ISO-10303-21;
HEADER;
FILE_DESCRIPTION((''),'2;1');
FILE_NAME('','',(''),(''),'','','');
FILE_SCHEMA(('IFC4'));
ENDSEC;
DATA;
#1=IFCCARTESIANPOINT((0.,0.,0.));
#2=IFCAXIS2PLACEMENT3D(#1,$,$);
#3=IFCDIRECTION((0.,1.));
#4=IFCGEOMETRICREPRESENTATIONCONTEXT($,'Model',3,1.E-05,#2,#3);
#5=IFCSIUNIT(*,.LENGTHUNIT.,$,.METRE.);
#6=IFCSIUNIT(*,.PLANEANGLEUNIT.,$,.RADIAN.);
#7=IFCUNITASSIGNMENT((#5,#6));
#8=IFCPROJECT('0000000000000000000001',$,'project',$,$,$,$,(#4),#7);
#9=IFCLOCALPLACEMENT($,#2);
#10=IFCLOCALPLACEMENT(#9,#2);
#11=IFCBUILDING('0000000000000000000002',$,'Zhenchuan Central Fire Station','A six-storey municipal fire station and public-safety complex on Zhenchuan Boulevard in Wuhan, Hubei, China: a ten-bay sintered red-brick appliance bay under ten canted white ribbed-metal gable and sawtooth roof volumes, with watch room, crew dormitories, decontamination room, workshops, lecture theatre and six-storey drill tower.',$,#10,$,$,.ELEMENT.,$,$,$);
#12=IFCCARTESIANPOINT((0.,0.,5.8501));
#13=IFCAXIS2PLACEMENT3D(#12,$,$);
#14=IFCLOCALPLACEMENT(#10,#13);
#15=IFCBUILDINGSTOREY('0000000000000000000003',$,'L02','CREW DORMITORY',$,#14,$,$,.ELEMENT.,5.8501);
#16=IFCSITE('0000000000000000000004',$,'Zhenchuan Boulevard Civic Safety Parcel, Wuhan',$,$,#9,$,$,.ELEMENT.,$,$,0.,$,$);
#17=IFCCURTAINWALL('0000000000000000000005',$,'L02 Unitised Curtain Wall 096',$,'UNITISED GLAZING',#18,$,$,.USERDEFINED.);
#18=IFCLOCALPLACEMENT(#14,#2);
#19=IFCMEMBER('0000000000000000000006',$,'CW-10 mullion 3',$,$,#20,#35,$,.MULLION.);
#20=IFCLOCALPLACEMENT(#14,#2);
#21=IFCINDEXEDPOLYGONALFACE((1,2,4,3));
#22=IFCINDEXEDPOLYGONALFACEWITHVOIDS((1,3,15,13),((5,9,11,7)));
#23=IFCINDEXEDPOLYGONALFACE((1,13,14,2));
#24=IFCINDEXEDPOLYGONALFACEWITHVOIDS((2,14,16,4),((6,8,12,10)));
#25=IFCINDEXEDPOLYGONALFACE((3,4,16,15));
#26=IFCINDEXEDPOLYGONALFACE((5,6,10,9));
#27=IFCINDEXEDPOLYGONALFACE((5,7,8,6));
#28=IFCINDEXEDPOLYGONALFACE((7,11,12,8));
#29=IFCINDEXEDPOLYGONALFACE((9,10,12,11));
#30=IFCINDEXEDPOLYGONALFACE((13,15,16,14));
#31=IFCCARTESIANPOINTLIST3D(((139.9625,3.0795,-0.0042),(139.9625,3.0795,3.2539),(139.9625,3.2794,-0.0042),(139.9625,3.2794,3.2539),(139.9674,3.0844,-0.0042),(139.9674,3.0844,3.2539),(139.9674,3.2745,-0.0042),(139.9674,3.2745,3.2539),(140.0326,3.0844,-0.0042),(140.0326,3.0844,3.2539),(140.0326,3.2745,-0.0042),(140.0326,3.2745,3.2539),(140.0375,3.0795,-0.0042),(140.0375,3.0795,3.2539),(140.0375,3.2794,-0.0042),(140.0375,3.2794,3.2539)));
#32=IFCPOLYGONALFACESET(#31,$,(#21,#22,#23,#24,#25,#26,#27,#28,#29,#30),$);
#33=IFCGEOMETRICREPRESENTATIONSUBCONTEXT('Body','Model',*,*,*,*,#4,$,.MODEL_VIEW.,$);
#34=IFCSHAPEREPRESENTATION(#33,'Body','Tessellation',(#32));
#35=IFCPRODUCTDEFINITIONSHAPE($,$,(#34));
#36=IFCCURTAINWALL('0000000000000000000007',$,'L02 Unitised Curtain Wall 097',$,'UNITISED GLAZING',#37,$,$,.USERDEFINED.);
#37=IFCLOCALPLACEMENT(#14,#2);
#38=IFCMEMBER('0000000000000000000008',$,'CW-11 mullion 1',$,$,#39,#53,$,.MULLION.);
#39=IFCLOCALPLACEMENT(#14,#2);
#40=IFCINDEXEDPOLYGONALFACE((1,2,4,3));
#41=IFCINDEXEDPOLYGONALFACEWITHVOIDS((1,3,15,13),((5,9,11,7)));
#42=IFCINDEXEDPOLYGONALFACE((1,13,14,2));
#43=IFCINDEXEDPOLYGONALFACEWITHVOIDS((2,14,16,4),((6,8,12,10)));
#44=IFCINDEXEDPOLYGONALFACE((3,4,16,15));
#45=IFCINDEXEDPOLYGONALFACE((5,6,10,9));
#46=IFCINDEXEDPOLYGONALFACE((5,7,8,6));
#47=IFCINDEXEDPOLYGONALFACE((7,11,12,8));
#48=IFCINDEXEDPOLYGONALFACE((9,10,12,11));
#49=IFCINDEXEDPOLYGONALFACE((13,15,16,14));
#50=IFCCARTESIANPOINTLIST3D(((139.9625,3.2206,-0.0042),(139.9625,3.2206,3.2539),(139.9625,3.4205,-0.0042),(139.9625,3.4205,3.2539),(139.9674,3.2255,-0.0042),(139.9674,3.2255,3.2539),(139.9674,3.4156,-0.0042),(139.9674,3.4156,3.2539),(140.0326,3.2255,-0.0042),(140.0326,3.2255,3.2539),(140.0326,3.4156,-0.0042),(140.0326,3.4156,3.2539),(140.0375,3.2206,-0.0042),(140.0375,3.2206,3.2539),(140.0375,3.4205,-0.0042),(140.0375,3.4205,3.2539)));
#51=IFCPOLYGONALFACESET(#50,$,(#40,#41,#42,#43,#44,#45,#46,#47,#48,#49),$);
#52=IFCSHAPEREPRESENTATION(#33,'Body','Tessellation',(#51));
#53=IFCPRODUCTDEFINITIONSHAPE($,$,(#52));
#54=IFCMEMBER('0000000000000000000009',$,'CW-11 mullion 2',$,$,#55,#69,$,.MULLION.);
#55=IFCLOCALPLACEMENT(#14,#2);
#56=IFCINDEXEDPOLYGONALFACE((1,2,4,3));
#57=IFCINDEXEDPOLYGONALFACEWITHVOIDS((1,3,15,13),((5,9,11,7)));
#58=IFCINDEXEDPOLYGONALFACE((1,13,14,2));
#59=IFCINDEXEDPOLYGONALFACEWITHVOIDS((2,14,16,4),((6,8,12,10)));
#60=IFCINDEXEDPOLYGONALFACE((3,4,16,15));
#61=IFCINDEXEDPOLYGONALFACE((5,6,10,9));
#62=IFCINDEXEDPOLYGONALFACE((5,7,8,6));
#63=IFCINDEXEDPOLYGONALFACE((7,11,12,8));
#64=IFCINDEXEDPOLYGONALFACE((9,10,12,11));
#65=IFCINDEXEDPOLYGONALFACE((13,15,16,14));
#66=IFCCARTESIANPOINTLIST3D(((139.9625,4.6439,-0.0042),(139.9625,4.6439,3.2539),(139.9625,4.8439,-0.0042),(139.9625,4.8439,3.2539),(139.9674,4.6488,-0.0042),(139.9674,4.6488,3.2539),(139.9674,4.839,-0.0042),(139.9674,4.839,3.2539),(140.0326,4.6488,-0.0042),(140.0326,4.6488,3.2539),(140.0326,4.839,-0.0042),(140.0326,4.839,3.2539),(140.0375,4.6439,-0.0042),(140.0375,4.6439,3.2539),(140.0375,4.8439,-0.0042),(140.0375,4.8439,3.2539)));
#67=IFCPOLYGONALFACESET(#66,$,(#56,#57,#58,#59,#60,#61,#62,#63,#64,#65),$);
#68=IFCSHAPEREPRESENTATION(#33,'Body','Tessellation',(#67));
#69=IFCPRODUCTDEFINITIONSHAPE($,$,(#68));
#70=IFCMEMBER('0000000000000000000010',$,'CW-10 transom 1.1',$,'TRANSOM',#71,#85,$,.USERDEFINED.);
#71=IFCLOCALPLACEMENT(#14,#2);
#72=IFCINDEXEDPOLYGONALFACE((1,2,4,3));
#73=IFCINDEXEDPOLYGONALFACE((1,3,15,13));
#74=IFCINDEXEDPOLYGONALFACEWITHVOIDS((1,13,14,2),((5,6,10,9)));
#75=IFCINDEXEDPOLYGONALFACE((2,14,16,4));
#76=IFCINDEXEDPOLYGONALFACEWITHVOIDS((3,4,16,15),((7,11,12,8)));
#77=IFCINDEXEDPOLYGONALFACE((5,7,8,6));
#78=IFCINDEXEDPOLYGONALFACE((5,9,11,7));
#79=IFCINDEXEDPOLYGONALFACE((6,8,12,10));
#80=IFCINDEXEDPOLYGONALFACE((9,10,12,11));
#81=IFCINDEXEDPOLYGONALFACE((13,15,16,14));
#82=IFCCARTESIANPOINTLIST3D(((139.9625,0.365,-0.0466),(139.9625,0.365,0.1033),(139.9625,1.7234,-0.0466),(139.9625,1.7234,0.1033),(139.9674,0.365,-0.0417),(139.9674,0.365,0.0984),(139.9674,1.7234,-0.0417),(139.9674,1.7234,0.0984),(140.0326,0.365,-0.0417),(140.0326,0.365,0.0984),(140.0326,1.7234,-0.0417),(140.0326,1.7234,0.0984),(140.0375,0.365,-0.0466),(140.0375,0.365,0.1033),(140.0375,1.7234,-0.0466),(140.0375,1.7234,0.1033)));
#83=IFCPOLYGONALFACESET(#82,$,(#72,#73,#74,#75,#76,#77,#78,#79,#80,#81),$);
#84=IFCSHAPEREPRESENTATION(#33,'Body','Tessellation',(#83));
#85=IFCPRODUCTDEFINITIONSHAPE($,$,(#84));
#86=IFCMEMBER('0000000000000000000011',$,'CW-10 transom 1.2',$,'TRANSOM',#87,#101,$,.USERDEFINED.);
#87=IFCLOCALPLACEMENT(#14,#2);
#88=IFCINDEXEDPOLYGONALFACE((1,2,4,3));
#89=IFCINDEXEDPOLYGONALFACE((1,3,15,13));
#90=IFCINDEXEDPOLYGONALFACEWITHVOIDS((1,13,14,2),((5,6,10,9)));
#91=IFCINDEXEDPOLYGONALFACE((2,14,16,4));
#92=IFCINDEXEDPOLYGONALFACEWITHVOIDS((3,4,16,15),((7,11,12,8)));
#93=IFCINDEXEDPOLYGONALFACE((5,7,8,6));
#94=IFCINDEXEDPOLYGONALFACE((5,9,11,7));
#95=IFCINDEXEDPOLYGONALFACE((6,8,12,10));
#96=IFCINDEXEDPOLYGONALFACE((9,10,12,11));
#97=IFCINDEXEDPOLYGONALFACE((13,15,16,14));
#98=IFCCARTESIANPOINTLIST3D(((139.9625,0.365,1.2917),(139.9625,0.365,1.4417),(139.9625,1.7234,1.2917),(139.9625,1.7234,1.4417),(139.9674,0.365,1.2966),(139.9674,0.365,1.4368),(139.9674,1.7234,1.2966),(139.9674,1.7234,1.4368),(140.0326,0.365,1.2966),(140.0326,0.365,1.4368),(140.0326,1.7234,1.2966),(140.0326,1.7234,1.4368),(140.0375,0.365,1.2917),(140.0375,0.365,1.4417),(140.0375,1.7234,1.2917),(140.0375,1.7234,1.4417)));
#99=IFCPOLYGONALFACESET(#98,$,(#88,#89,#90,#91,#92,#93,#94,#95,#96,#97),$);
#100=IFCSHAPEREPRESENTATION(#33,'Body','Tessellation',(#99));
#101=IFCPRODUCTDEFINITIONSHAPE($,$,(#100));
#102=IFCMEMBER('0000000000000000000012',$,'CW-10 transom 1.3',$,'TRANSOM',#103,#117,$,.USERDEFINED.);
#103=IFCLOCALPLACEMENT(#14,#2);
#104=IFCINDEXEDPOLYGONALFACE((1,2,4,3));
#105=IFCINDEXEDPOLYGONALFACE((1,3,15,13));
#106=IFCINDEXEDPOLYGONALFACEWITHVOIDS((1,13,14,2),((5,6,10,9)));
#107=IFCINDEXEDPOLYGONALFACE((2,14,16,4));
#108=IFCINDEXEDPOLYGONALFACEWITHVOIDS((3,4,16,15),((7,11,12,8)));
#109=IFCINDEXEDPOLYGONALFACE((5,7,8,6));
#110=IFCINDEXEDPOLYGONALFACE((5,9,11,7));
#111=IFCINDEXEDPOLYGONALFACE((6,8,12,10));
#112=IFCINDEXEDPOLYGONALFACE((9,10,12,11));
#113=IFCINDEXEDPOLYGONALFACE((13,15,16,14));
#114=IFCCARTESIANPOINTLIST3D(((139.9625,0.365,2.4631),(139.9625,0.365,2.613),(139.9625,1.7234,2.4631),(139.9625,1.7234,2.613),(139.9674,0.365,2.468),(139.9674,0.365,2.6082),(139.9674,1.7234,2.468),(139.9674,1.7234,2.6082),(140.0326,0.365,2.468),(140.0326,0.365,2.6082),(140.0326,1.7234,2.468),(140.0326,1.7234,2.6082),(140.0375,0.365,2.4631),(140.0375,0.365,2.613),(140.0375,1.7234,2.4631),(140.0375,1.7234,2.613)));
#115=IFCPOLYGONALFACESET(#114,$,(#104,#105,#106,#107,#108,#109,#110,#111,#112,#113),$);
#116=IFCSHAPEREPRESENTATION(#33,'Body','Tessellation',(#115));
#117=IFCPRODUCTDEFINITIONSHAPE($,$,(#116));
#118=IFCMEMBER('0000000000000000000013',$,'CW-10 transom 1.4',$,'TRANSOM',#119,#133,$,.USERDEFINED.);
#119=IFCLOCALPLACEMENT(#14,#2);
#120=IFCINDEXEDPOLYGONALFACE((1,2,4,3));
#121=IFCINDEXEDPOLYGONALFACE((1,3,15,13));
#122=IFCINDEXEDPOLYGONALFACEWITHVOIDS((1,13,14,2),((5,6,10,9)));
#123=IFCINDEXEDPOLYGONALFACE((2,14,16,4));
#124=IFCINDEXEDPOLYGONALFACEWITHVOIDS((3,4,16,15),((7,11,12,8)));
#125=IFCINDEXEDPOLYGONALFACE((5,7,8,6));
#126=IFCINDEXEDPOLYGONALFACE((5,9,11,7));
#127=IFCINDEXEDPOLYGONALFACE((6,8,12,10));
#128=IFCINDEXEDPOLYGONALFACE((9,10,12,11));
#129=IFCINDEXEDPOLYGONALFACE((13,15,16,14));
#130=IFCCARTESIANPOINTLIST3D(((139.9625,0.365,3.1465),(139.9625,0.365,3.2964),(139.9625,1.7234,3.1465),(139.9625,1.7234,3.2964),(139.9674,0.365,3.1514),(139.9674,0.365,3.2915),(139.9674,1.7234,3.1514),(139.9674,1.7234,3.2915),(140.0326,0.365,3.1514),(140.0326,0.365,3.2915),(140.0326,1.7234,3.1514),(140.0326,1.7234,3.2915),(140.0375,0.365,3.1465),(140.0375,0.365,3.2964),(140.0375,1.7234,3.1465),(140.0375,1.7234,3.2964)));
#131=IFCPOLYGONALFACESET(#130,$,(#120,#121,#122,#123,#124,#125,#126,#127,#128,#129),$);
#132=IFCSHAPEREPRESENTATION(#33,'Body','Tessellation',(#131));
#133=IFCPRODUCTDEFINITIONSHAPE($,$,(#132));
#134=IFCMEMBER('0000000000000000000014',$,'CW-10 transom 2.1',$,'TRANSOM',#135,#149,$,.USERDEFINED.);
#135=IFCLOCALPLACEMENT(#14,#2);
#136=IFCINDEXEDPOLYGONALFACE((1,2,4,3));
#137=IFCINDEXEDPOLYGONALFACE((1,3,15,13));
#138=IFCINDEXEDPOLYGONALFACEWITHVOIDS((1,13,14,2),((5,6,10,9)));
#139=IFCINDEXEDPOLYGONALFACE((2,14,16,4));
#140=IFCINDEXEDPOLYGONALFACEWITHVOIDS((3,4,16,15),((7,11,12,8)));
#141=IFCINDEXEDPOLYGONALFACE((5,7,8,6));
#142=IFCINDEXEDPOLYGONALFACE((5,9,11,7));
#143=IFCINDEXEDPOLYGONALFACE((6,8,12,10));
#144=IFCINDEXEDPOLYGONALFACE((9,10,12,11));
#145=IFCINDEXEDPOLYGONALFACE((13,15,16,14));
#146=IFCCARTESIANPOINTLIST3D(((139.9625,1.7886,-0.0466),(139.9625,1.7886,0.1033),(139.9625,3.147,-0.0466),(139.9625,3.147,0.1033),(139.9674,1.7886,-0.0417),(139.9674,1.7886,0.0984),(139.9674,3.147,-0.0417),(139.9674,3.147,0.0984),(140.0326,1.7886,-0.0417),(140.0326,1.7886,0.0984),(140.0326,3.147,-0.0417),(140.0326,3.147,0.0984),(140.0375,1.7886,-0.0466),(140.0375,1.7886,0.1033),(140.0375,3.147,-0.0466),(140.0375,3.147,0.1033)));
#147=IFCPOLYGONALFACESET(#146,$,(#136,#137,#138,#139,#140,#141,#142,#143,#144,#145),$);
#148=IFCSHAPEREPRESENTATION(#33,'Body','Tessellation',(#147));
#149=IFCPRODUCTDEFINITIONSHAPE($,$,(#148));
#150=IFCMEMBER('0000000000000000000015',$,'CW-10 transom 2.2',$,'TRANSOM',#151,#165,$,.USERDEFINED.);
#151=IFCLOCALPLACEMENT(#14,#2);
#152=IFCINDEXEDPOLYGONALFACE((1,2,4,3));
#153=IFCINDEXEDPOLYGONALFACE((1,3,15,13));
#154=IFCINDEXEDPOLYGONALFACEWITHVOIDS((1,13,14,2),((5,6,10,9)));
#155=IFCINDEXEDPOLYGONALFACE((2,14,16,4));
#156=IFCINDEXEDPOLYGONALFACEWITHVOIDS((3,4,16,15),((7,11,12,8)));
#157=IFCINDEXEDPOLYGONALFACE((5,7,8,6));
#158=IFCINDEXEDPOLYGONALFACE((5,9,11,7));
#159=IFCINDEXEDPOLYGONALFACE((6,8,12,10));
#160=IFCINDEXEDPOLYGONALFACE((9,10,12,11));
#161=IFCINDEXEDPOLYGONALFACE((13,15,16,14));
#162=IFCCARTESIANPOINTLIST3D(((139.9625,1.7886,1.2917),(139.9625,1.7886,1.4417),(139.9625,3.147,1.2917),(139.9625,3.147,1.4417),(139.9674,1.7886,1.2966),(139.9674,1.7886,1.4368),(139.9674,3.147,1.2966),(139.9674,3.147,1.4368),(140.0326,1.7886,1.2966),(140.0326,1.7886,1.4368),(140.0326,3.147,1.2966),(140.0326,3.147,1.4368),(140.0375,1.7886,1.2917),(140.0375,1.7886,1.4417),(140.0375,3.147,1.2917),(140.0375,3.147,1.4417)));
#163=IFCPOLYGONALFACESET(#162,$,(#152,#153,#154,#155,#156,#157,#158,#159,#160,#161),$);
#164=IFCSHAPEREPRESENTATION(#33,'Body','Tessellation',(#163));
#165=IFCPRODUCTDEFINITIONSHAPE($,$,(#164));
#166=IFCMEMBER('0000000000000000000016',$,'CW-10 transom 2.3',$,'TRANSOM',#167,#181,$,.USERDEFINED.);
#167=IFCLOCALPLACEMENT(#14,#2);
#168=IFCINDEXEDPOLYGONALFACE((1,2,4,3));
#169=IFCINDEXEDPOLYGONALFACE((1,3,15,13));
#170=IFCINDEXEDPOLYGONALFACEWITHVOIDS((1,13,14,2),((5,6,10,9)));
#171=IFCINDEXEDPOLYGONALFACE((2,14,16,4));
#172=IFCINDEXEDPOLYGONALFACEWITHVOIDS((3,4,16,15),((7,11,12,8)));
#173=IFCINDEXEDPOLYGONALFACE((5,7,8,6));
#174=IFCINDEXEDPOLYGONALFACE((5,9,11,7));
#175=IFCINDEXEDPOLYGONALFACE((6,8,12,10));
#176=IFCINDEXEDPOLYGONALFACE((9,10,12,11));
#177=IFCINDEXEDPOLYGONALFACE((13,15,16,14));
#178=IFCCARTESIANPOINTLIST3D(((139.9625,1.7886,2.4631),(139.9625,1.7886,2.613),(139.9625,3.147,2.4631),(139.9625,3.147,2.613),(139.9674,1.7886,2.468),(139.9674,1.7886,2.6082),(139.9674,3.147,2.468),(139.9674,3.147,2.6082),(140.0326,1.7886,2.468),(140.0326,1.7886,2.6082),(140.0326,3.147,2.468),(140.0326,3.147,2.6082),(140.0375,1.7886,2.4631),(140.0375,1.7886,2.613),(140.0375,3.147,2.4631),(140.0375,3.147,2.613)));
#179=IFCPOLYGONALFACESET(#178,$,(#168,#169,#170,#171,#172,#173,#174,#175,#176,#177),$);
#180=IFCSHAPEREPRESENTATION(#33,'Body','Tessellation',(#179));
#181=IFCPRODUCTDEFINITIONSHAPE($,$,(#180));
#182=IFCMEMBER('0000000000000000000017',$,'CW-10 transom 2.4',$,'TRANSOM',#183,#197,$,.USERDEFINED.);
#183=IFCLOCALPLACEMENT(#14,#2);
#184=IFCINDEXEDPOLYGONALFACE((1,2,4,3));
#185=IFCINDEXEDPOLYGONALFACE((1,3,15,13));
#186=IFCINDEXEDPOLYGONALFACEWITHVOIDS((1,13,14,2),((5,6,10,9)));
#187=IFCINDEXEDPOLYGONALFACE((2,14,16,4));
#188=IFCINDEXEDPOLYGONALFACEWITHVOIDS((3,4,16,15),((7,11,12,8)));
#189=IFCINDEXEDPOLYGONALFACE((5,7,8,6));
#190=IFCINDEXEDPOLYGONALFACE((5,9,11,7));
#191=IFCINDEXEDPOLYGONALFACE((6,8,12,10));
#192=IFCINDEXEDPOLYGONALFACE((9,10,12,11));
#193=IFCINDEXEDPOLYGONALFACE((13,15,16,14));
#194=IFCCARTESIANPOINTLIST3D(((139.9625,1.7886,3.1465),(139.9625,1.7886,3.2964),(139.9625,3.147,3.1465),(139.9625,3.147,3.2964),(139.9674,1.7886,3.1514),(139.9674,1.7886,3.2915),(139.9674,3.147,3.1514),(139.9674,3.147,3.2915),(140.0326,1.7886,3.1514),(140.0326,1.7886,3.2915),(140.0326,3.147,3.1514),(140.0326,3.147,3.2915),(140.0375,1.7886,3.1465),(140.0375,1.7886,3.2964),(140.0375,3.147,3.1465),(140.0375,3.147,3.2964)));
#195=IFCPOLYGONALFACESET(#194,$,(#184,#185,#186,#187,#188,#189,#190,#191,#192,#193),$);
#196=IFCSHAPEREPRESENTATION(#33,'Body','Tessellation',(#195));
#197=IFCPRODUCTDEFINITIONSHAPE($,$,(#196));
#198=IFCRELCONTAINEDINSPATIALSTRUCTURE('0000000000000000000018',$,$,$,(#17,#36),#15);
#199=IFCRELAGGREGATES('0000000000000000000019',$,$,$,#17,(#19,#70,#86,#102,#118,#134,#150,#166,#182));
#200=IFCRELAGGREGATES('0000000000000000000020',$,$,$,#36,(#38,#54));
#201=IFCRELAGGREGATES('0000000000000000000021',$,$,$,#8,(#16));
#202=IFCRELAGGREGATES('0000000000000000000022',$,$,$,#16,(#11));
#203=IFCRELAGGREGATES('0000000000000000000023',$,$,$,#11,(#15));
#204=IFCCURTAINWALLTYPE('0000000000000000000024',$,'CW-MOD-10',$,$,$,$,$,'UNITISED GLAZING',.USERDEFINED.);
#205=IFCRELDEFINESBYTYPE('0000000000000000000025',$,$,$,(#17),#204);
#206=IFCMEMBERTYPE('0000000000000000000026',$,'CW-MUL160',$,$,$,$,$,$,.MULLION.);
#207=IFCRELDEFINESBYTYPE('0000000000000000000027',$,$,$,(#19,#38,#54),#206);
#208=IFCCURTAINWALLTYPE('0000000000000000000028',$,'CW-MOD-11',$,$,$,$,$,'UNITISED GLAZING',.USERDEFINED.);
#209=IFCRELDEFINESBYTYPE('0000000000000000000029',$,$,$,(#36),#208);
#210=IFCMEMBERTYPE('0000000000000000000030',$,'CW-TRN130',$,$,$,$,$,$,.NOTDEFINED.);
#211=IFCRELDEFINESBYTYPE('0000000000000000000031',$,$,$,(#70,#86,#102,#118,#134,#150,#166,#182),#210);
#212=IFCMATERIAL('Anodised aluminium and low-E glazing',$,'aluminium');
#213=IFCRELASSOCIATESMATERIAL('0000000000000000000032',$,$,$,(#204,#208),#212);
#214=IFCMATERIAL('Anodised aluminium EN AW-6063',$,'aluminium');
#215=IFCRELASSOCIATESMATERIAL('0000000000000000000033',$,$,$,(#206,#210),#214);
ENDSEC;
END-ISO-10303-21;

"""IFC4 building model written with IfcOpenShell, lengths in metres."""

from ifc_helpers import new_model, si_unit, direction, frame, origin, origin_2d, place, context, subcontext, project, spatial, hollow_rectangle, extrude, material, material_profile, profile_set, type_object, element, aggregate, save


model = new_model("IFC4")

# Units and contexts
model_context = context("Model", 3, precision=1e-05, world=origin(), true_north=direction((0.0, 1.0)))
body_context = subcontext(model_context, "Body", "Model", "MODEL_VIEW")
ifc_project = project(units=[si_unit("LENGTHUNIT", "METRE"), si_unit("PLANEANGLEUNIT", "RADIAN")], contexts=[model_context])

# Site, building, storey
site_placement = place(None, origin())
site = spatial("IfcSite", under=ifc_project, at=site_placement, Name="Zhenchuan Boulevard Civic Safety Parcel, Wuhan", CompositionType="ELEMENT", RefElevation=0.0)
building_placement = place(site_placement, origin())
building = spatial("IfcBuilding", under=site, at=building_placement, Name="Zhenchuan Central Fire Station", Description="A six-storey municipal fire station and public-safety complex on Zhenchuan Boulevard in Wuhan, Hubei, China: a ten-bay sintered red-brick appliance bay under ten canted white ribbed-metal gable and sawtooth roof volumes, with watch room, crew dormitories, decontamination room, workshops, lecture theatre and six-storey drill tower.", CompositionType="ELEMENT")
storey_placement = place(building_placement, frame((0.0, 0.0, 5.8501)))
storey = spatial("IfcBuildingStorey", under=building, at=storey_placement, Name="L02", Description="CREW DORMITORY", CompositionType="ELEMENT", Elevation=5.8501)

# Curtain walls, members
ifc_material_1 = material(Name="Anodised aluminium and low-E glazing", Category="aluminium")
curtain_wall_type_1 = type_object("IfcCurtainWallType", Name="CW-MOD-10", ElementType="UNITISED GLAZING", PredefinedType="USERDEFINED", material=ifc_material_1)
curtain_wall_1_placement = place(storey_placement, origin())
curtain_wall_1 = element("IfcCurtainWall", 1, at=curtain_wall_1_placement, inside=storey, type_object=curtain_wall_type_1, Name="L02 Unitised Curtain Wall 096", ObjectType="UNITISED GLAZING", PredefinedType="USERDEFINED")
ifc_material_2 = material(Name="Anodised aluminium EN AW-6063", Category="aluminium")
ifc_material_profile_1 = material_profile(ifc_material_2, hollow_rectangle(XDim=0.075, YDim=0.2, WallThickness=0.0049, at=origin_2d()), Name="ALU-M 200x75")
ifc_profile_set_1 = profile_set([ifc_material_profile_1], Name="Anodised aluminium EN AW-6063")
member_type_1 = type_object("IfcMemberType", Name="CW-MUL160", PredefinedType="MULLION", material=ifc_profile_set_1)
member_1_placement = place(storey_placement, frame((140.0, 3.1794, -0.0042), z_axis=(0.0, 0.0, 1.0), x_axis=(-1.0, 0.0, 0.0)))
member_1 = element("IfcMember", 2, at=member_1_placement, type_object=member_type_1, Name="CW-10 mullion 3", PredefinedType="MULLION", context=body_context, shape_type="SweptSolid", body=[
    extrude(hollow_rectangle(XDim=0.075, YDim=0.2, WallThickness=0.0049, at=origin_2d()), origin(), (0.0, 0.0, 1.0), 3.2581),
])
curtain_wall_type_2 = type_object("IfcCurtainWallType", Name="CW-MOD-11", ElementType="UNITISED GLAZING", PredefinedType="USERDEFINED", material=ifc_material_1)
curtain_wall_2_placement = place(storey_placement, origin())
curtain_wall_2 = element("IfcCurtainWall", 3, at=curtain_wall_2_placement, inside=storey, type_object=curtain_wall_type_2, Name="L02 Unitised Curtain Wall 097", ObjectType="UNITISED GLAZING", PredefinedType="USERDEFINED")
member_2_placement = place(storey_placement, frame((140.0, 3.3206, -0.0042), z_axis=(0.0, 0.0, 1.0), x_axis=(-1.0, 0.0, 0.0)))
member_2 = element("IfcMember", 4, at=member_2_placement, type_object=member_type_1, Name="CW-11 mullion 1", PredefinedType="MULLION", context=body_context, shape_type="SweptSolid", body=[
    extrude(hollow_rectangle(XDim=0.075, YDim=0.2, WallThickness=0.0049, at=origin_2d()), origin(), (0.0, 0.0, 1.0), 3.2581),
])
member_3_placement = place(storey_placement, frame((140.0, 4.7439, -0.0042), z_axis=(0.0, 0.0, 1.0), x_axis=(-1.0, 0.0, 0.0)))
member_3 = element("IfcMember", 5, at=member_3_placement, type_object=member_type_1, Name="CW-11 mullion 2", PredefinedType="MULLION", context=body_context, shape_type="SweptSolid", body=[
    extrude(hollow_rectangle(XDim=0.075, YDim=0.2, WallThickness=0.0049, at=origin_2d()), origin(), (0.0, 0.0, 1.0), 3.2581),
])

# Members
ifc_material_profile_2 = material_profile(ifc_material_2, hollow_rectangle(XDim=0.075, YDim=0.1499, WallThickness=0.0049, at=origin_2d()), Name="ALU-T 150x75")
ifc_profile_set_2 = profile_set([ifc_material_profile_2], Name="Anodised aluminium EN AW-6063")
member_type_2 = type_object("IfcMemberType", Name="CW-TRN130", PredefinedType="NOTDEFINED", material=ifc_profile_set_2)
member_4_placement = place(storey_placement, frame((140.0, 0.365, 0.0283), z_axis=(0.0, 1.0, 0.0), x_axis=(-1.0, 0.0, 0.0)))
member_4 = element("IfcMember", 6, at=member_4_placement, type_object=member_type_2, Name="CW-10 transom 1.1", ObjectType="TRANSOM", PredefinedType="USERDEFINED", context=body_context, shape_type="SweptSolid", body=[
    extrude(hollow_rectangle(XDim=0.075, YDim=0.1499, WallThickness=0.0049, at=origin_2d()), origin(), (0.0, 0.0, 1.0), 1.3584),
])
member_5_placement = place(storey_placement, frame((140.0, 0.365, 1.3667), z_axis=(0.0, 1.0, 0.0), x_axis=(-1.0, 0.0, 0.0)))
member_5 = element("IfcMember", 7, at=member_5_placement, type_object=member_type_2, Name="CW-10 transom 1.2", ObjectType="TRANSOM", PredefinedType="USERDEFINED", context=body_context, shape_type="SweptSolid", body=[
    extrude(hollow_rectangle(XDim=0.075, YDim=0.1499, WallThickness=0.0049, at=origin_2d()), origin(), (0.0, 0.0, 1.0), 1.3584),
])
member_6_placement = place(storey_placement, frame((140.0, 0.365, 2.5381), z_axis=(0.0, 1.0, 0.0), x_axis=(-1.0, 0.0, 0.0)))
member_6 = element("IfcMember", 8, at=member_6_placement, type_object=member_type_2, Name="CW-10 transom 1.3", ObjectType="TRANSOM", PredefinedType="USERDEFINED", context=body_context, shape_type="SweptSolid", body=[
    extrude(hollow_rectangle(XDim=0.075, YDim=0.1499, WallThickness=0.0049, at=origin_2d()), origin(), (0.0, 0.0, 1.0), 1.3584),
])
member_7_placement = place(storey_placement, frame((140.0, 0.365, 3.2214), z_axis=(0.0, 1.0, 0.0), x_axis=(-1.0, 0.0, 0.0)))
member_7 = element("IfcMember", 9, at=member_7_placement, type_object=member_type_2, Name="CW-10 transom 1.4", ObjectType="TRANSOM", PredefinedType="USERDEFINED", context=body_context, shape_type="SweptSolid", body=[
    extrude(hollow_rectangle(XDim=0.075, YDim=0.1499, WallThickness=0.0049, at=origin_2d()), origin(), (0.0, 0.0, 1.0), 1.3584),
])
member_8_placement = place(storey_placement, frame((140.0, 1.7886, 0.0283), z_axis=(0.0, 1.0, 0.0), x_axis=(-1.0, 0.0, 0.0)))
member_8 = element("IfcMember", 10, at=member_8_placement, type_object=member_type_2, Name="CW-10 transom 2.1", ObjectType="TRANSOM", PredefinedType="USERDEFINED", context=body_context, shape_type="SweptSolid", body=[
    extrude(hollow_rectangle(XDim=0.075, YDim=0.1499, WallThickness=0.0049, at=origin_2d()), origin(), (0.0, 0.0, 1.0), 1.3584),
])
member_9_placement = place(storey_placement, frame((140.0, 1.7886, 1.3667), z_axis=(0.0, 1.0, 0.0), x_axis=(-1.0, 0.0, 0.0)))
member_9 = element("IfcMember", 11, at=member_9_placement, type_object=member_type_2, Name="CW-10 transom 2.2", ObjectType="TRANSOM", PredefinedType="USERDEFINED", context=body_context, shape_type="SweptSolid", body=[
    extrude(hollow_rectangle(XDim=0.075, YDim=0.1499, WallThickness=0.0049, at=origin_2d()), origin(), (0.0, 0.0, 1.0), 1.3584),
])
member_10_placement = place(storey_placement, frame((140.0, 1.7886, 2.5381), z_axis=(0.0, 1.0, 0.0), x_axis=(-1.0, 0.0, 0.0)))
member_10 = element("IfcMember", 12, at=member_10_placement, type_object=member_type_2, Name="CW-10 transom 2.3", ObjectType="TRANSOM", PredefinedType="USERDEFINED", context=body_context, shape_type="SweptSolid", body=[
    extrude(hollow_rectangle(XDim=0.075, YDim=0.1499, WallThickness=0.0049, at=origin_2d()), origin(), (0.0, 0.0, 1.0), 1.3584),
])
member_11_placement = place(storey_placement, frame((140.0, 1.7886, 3.2214), z_axis=(0.0, 1.0, 0.0), x_axis=(-1.0, 0.0, 0.0)))
member_11 = element("IfcMember", 13, at=member_11_placement, type_object=member_type_2, Name="CW-10 transom 2.4", ObjectType="TRANSOM", PredefinedType="USERDEFINED", context=body_context, shape_type="SweptSolid", body=[
    extrude(hollow_rectangle(XDim=0.075, YDim=0.1499, WallThickness=0.0049, at=origin_2d()), origin(), (0.0, 0.0, 1.0), 1.3584),
])

aggregate(curtain_wall_1, [member_1, member_4, member_5, member_6, member_7, member_8, member_9, member_10, member_11])
aggregate(curtain_wall_2, [member_2, member_3])

save(model, "model.ifc")
